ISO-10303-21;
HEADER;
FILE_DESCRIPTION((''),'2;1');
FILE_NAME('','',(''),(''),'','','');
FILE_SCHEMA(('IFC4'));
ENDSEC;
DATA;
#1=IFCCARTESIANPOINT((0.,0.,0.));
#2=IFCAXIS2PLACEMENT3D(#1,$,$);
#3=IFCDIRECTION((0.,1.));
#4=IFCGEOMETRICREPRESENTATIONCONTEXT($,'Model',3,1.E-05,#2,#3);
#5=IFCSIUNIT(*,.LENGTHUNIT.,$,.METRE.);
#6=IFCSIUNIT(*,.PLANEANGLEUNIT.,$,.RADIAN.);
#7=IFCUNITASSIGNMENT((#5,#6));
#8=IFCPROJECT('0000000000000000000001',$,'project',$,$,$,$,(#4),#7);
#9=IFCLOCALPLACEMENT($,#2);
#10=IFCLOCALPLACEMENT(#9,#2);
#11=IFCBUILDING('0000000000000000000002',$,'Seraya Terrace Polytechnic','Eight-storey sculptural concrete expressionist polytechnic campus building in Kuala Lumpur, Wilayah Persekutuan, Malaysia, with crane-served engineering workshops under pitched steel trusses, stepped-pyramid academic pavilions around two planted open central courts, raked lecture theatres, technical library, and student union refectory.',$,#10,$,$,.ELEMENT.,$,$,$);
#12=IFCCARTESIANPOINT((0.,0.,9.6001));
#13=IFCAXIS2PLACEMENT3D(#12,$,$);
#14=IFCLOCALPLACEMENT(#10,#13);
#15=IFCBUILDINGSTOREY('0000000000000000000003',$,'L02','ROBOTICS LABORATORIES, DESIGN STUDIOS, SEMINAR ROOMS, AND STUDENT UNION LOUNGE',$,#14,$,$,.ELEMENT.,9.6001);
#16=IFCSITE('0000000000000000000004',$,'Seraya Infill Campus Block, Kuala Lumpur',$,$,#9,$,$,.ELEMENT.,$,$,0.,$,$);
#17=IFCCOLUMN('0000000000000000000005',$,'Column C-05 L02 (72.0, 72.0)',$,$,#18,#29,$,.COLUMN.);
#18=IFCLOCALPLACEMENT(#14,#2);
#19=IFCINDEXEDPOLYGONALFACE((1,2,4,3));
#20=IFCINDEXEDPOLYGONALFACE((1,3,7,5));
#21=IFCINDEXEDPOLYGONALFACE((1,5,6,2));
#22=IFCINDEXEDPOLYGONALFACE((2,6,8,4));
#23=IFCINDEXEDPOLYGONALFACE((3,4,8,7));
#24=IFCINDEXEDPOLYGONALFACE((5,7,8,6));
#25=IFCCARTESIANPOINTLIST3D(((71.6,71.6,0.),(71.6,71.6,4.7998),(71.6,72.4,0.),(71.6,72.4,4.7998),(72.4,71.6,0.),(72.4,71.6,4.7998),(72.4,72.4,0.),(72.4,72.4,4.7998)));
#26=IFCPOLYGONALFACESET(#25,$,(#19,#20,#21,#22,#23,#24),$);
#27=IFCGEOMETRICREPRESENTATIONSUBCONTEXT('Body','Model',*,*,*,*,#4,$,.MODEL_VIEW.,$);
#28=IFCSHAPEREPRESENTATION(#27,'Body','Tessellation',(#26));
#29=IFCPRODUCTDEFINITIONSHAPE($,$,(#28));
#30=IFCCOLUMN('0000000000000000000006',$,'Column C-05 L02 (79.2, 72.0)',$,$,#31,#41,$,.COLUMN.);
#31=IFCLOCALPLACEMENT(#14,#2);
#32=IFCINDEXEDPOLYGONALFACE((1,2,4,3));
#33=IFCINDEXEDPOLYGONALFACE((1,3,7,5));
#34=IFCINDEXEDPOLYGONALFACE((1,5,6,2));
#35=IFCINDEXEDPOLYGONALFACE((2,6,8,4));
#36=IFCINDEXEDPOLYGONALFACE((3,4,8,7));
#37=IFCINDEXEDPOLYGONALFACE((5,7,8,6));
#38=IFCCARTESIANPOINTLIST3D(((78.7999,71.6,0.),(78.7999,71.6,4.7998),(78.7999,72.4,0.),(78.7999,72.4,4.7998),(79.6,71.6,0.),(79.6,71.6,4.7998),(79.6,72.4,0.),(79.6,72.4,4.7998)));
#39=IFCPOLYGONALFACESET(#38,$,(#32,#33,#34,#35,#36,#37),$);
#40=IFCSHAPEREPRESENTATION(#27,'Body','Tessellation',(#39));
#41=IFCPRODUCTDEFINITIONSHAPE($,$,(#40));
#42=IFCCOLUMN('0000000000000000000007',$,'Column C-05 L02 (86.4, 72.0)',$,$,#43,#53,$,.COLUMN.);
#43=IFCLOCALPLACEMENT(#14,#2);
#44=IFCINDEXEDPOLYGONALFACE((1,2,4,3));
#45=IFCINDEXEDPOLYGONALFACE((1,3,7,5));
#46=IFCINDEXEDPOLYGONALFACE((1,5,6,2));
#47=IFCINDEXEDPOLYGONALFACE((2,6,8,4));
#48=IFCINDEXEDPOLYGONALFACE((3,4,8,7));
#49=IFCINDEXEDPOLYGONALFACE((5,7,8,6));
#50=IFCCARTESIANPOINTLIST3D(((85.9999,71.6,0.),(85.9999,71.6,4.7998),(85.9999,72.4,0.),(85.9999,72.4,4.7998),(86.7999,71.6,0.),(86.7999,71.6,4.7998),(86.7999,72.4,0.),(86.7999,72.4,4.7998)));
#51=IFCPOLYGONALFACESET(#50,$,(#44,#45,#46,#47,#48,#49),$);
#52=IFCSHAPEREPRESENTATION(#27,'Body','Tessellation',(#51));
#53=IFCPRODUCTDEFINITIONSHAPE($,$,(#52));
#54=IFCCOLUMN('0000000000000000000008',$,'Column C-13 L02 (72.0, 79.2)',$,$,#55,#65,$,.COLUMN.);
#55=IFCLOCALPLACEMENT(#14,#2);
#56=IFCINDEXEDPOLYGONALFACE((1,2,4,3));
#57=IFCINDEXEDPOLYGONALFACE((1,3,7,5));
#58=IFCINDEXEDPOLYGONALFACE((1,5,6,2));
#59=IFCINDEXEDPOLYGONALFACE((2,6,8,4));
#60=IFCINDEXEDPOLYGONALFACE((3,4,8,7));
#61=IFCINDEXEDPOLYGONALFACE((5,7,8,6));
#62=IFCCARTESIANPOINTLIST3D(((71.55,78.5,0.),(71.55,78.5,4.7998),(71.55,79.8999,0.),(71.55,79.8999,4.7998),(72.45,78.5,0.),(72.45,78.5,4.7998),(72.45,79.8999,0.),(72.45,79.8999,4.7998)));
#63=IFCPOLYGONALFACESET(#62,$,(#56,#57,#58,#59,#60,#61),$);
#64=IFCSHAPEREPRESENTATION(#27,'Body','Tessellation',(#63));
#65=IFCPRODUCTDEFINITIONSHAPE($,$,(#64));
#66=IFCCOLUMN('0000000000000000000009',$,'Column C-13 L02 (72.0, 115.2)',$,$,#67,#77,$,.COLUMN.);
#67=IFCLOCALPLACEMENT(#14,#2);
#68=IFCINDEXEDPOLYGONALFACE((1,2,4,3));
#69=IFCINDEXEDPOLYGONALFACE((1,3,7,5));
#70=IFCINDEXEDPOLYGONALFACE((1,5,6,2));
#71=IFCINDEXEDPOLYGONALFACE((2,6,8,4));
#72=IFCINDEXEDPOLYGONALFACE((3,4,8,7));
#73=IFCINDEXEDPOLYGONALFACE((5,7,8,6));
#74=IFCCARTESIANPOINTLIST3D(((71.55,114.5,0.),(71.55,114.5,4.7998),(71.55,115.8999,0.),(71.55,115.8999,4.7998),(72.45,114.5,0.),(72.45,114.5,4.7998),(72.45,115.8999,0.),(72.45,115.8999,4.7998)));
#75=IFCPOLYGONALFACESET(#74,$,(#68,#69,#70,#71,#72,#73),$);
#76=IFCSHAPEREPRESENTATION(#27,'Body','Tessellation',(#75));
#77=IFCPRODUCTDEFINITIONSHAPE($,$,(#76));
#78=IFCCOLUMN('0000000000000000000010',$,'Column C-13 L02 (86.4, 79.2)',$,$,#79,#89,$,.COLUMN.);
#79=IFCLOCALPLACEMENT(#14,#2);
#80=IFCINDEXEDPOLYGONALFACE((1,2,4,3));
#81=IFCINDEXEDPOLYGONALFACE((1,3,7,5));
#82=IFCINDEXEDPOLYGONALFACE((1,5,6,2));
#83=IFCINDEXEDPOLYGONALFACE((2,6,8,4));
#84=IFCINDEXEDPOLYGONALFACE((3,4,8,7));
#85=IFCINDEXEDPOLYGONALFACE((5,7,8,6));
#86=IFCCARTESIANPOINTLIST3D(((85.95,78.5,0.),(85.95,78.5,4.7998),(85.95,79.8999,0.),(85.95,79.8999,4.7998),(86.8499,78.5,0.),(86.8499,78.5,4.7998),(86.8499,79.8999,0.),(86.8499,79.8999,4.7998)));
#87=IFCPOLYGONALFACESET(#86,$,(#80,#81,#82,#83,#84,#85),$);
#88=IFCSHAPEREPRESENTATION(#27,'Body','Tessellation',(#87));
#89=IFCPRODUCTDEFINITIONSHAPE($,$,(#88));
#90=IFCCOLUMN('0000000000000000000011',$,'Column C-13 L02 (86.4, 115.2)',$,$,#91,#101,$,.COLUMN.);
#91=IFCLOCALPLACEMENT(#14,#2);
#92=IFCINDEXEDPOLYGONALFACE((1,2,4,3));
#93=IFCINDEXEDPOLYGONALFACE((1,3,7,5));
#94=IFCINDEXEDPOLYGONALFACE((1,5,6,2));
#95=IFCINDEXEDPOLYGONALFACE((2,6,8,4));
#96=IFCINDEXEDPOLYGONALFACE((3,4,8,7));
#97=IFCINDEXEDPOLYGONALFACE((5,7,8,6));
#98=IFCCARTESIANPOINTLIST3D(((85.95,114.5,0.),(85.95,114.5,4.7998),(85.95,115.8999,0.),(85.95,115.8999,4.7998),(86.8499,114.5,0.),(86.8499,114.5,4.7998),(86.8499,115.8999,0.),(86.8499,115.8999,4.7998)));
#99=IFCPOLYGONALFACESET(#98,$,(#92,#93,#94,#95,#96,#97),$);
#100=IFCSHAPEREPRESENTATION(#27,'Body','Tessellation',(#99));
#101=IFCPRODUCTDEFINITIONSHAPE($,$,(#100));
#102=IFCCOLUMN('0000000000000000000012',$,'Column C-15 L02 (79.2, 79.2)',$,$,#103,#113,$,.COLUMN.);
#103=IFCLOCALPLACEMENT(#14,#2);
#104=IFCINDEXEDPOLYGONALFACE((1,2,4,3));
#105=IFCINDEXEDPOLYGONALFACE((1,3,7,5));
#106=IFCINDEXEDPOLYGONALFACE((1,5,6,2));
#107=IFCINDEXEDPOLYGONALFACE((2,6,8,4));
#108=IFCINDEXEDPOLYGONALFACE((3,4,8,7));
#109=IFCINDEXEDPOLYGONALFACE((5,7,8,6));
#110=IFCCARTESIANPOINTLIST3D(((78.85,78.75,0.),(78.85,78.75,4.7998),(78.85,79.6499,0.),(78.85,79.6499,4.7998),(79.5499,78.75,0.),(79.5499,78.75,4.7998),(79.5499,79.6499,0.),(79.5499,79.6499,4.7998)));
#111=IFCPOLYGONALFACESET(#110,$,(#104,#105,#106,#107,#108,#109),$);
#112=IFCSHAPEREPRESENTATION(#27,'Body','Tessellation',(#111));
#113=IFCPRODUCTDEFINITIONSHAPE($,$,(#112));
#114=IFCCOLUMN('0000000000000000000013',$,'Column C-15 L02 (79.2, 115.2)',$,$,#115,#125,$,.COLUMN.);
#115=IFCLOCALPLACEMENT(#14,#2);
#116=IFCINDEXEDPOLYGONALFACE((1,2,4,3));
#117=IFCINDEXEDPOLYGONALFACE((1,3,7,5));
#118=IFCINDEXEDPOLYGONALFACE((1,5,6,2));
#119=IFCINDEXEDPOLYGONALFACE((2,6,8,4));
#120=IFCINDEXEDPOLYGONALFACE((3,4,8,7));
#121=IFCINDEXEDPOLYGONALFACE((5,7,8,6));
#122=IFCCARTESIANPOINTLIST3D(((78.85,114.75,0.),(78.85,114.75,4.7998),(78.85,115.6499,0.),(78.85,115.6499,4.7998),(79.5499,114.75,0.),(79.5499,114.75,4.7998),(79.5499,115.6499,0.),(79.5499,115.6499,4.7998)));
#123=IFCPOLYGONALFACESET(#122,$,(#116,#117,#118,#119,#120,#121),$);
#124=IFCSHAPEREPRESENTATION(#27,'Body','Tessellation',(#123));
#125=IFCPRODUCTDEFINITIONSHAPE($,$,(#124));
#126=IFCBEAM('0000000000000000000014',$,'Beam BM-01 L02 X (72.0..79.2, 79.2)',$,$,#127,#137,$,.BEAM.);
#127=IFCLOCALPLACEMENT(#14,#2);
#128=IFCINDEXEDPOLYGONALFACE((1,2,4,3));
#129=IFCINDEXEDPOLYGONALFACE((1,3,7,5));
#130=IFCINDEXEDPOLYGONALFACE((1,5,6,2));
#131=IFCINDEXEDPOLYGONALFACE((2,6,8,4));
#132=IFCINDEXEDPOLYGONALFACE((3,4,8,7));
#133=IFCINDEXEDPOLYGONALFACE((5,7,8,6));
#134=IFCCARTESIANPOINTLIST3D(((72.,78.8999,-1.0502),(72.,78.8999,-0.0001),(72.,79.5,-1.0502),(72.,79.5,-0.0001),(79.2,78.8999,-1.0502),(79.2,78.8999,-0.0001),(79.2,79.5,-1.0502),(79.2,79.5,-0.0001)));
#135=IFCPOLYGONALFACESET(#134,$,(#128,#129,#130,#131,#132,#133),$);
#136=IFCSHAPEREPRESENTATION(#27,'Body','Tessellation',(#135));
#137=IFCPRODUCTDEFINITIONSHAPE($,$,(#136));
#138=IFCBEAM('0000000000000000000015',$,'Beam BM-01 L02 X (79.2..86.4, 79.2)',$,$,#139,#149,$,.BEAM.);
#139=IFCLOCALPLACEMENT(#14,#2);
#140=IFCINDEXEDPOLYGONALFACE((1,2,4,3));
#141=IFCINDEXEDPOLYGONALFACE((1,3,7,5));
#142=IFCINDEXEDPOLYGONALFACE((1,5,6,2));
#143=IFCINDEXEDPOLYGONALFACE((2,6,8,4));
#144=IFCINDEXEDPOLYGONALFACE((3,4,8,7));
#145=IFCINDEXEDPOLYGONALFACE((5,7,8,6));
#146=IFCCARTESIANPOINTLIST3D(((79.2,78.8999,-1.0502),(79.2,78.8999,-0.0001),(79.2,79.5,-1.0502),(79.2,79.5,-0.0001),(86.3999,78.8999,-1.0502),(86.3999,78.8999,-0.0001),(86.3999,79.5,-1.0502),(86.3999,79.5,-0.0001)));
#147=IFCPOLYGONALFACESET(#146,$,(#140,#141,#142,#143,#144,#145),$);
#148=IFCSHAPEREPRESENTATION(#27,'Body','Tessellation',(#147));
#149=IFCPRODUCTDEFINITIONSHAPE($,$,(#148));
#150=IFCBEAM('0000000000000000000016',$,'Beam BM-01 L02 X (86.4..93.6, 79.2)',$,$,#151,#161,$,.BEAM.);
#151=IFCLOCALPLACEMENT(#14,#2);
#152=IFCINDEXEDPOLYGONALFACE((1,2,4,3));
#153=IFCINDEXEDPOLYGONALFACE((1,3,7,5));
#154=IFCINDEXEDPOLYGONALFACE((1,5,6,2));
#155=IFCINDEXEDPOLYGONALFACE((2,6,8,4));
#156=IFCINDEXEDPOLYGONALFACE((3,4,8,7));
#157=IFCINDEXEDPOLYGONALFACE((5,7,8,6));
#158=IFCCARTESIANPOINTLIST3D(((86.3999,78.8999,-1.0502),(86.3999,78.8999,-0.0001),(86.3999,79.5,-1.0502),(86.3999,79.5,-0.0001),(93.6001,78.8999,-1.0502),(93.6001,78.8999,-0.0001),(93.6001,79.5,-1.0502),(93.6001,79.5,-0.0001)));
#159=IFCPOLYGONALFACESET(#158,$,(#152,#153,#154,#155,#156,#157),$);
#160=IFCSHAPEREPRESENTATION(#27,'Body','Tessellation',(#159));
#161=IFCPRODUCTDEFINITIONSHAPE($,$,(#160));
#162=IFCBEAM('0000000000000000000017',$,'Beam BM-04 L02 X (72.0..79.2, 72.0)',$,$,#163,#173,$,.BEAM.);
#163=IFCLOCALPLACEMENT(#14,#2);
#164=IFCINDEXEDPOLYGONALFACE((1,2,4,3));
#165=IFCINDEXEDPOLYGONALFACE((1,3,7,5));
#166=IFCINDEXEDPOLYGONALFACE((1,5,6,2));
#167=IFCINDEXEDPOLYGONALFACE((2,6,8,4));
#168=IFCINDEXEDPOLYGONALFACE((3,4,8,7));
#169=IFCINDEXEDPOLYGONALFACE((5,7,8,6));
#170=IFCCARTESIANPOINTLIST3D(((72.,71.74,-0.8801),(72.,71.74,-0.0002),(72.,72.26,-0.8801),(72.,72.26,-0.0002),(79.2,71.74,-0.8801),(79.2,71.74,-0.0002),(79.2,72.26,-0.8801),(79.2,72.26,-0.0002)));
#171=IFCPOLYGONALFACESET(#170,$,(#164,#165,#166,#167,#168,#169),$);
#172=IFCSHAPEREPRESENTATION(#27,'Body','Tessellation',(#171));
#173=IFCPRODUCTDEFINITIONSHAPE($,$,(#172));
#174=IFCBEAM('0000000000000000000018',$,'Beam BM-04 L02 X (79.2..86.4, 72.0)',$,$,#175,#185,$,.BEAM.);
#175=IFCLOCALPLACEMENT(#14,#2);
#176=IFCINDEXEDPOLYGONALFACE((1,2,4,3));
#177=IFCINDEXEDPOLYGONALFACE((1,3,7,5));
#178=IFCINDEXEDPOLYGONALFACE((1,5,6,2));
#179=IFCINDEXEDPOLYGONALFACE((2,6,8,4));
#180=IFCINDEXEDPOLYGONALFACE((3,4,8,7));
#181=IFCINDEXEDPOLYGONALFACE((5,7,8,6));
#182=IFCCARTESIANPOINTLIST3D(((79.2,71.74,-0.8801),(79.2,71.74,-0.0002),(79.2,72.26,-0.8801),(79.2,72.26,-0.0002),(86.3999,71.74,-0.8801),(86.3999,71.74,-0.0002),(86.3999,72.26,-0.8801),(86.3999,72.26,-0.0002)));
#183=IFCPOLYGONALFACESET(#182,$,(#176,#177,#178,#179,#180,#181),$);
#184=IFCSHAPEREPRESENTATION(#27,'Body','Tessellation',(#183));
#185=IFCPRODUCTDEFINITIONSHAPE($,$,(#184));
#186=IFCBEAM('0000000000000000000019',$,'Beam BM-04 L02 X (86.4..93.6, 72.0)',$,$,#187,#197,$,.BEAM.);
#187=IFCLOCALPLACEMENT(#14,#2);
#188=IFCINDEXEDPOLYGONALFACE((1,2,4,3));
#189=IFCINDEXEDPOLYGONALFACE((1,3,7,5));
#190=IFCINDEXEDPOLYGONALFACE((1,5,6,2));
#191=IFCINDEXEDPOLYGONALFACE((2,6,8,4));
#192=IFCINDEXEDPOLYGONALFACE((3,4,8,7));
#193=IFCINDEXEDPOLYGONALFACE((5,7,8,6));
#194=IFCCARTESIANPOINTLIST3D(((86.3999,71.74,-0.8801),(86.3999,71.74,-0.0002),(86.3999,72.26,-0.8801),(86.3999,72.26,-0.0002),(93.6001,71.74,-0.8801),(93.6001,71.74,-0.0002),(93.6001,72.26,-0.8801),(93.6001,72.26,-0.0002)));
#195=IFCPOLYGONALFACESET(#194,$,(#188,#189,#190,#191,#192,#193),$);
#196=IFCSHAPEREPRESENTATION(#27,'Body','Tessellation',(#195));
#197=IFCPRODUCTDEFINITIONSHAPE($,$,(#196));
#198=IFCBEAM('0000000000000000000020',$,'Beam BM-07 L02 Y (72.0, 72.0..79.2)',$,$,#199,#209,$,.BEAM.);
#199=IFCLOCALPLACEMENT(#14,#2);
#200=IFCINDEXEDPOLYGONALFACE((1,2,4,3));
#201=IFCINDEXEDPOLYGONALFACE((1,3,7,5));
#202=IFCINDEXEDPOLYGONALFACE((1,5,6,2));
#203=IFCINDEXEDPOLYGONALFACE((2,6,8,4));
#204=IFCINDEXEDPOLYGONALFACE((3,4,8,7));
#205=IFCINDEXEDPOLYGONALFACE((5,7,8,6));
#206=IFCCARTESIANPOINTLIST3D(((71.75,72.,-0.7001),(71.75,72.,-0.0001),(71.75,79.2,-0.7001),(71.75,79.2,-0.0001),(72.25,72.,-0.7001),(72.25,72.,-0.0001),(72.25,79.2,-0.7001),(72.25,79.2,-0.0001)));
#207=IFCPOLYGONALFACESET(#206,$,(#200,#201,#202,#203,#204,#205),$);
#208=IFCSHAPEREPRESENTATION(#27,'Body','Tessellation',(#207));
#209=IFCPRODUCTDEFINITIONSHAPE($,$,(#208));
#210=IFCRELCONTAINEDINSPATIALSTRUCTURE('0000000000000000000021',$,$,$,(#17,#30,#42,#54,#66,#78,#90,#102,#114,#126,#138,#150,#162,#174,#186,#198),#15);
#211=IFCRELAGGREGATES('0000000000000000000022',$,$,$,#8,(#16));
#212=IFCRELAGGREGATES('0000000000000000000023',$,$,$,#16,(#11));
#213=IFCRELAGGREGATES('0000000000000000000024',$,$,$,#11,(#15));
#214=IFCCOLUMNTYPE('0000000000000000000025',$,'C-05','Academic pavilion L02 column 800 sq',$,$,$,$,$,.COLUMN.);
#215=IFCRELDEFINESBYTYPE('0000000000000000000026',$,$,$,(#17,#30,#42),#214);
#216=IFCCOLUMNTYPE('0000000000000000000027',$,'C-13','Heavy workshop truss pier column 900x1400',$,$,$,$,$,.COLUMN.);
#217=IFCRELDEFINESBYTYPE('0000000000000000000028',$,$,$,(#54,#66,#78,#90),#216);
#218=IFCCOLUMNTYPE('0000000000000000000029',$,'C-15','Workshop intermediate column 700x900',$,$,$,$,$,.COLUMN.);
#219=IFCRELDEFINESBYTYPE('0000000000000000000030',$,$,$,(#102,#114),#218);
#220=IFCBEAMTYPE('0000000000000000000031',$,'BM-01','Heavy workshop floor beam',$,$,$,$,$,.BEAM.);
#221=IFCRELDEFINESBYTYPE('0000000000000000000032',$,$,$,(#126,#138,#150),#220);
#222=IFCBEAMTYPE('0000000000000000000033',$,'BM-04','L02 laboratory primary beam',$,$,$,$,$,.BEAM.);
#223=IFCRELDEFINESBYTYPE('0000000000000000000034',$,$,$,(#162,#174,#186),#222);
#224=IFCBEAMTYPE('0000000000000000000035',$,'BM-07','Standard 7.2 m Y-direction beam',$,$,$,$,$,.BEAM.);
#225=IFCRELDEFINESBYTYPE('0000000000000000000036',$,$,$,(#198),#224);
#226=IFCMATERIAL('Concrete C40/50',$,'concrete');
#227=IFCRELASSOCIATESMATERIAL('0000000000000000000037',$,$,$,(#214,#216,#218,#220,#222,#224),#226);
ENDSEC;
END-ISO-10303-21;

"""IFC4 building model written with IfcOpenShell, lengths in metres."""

from ifc_helpers import new_model, si_unit, direction, frame, origin, origin_2d, place, context, subcontext, project, spatial, rectangle, extrude, material, material_profile, profile_set, type_object, element, save


model = new_model("IFC4")

# Units and contexts
model_context = context("Model", 3, precision=1e-05, world=origin(), true_north=direction((0.0, 1.0)))
body_context = subcontext(model_context, "Body", "Model", "MODEL_VIEW")
ifc_project = project(units=[si_unit("LENGTHUNIT", "METRE"), si_unit("PLANEANGLEUNIT", "RADIAN")], contexts=[model_context])

# Site, building, storey
site_placement = place(None, origin())
site = spatial("IfcSite", under=ifc_project, at=site_placement, Name="Seraya Infill Campus Block, Kuala Lumpur", CompositionType="ELEMENT", RefElevation=0.0)
building_placement = place(site_placement, origin())
building = spatial("IfcBuilding", under=site, at=building_placement, Name="Seraya Terrace Polytechnic", Description="Eight-storey sculptural concrete expressionist polytechnic campus building in Kuala Lumpur, Wilayah Persekutuan, Malaysia, with crane-served engineering workshops under pitched steel trusses, stepped-pyramid academic pavilions around two planted open central courts, raked lecture theatres, technical library, and student union refectory.", CompositionType="ELEMENT")
storey_placement = place(building_placement, frame((0.0, 0.0, 9.6001)))
storey = spatial("IfcBuildingStorey", under=building, at=storey_placement, Name="L02", Description="ROBOTICS LABORATORIES, DESIGN STUDIOS, SEMINAR ROOMS, AND STUDENT UNION LOUNGE", CompositionType="ELEMENT", Elevation=9.6001)

# Columns
ifc_material_1 = material(Name="Concrete C40/50", Category="concrete")
ifc_material_profile_1 = material_profile(ifc_material_1, rectangle(XDim=0.8, YDim=0.8, at=origin_2d()), Name="RC 800x800")
ifc_profile_set_1 = profile_set([ifc_material_profile_1], Name="Concrete C40/50")
column_type_1 = type_object("IfcColumnType", Name="C-05", Description="Academic pavilion L02 column 800 sq", PredefinedType="COLUMN", material=ifc_profile_set_1)
for number, where, z_axis, x_axis, name in (
    (1, (72.0, 72.0, 0.0), (0.0, 0.0, 1.0), (1.0, 0.0, 0.0), "Column C-05 L02 (72.0, 72.0)"),
    (2, (79.2, 72.0, 0.0), (0.0, 0.0, 1.0), (1.0, 0.0, 0.0), "Column C-05 L02 (79.2, 72.0)"),
    (3, (86.3999, 72.0, 0.0), (0.0, 0.0, 1.0), (1.0, 0.0, 0.0), "Column C-05 L02 (86.4, 72.0)"),
):
    element("IfcColumn", number, at=place(storey_placement, frame(where, z_axis=z_axis, x_axis=x_axis)), inside=storey, type_object=column_type_1, Name=name, PredefinedType="COLUMN", context=body_context, shape_type="SweptSolid", body=[
        extrude(rectangle(XDim=0.8, YDim=0.8, at=origin_2d()), origin(), (0.0, 0.0, 1.0), 4.7998),
    ])
ifc_material_profile_2 = material_profile(ifc_material_1, rectangle(XDim=0.8999, YDim=1.3999, at=origin_2d()), Name="RC 900x1400")
ifc_profile_set_2 = profile_set([ifc_material_profile_2], Name="Concrete C40/50")
column_type_2 = type_object("IfcColumnType", Name="C-13", Description="Heavy workshop truss pier column 900x1400", PredefinedType="COLUMN", material=ifc_profile_set_2)
for number, where, z_axis, x_axis, name in (
    (4, (72.0, 79.2, 0.0), (0.0, 0.0, 1.0), (1.0, 0.0, 0.0), "Column C-13 L02 (72.0, 79.2)"),
    (5, (72.0, 115.2, 0.0), (0.0, 0.0, 1.0), (1.0, 0.0, 0.0), "Column C-13 L02 (72.0, 115.2)"),
    (6, (86.3999, 79.2, 0.0), (0.0, 0.0, 1.0), (1.0, 0.0, 0.0), "Column C-13 L02 (86.4, 79.2)"),
    (7, (86.3999, 115.2, 0.0), (0.0, 0.0, 1.0), (1.0, 0.0, 0.0), "Column C-13 L02 (86.4, 115.2)"),
):
    element("IfcColumn", number, at=place(storey_placement, frame(where, z_axis=z_axis, x_axis=x_axis)), inside=storey, type_object=column_type_2, Name=name, PredefinedType="COLUMN", context=body_context, shape_type="SweptSolid", body=[
        extrude(rectangle(XDim=0.8999, YDim=1.3999, at=origin_2d()), origin(), (0.0, 0.0, 1.0), 4.7998),
    ])
ifc_material_profile_3 = material_profile(ifc_material_1, rectangle(XDim=0.7, YDim=0.8999, at=origin_2d()), Name="RC 700x900")
ifc_profile_set_3 = profile_set([ifc_material_profile_3], Name="Concrete C40/50")
column_type_3 = type_object("IfcColumnType", Name="C-15", Description="Workshop intermediate column 700x900", PredefinedType="COLUMN", material=ifc_profile_set_3)
for number, where, z_axis, x_axis, name in (
    (8, (79.2, 79.2, 0.0), (0.0, 0.0, 1.0), (1.0, 0.0, 0.0), "Column C-15 L02 (79.2, 79.2)"),
    (9, (79.2, 115.2, 0.0), (0.0, 0.0, 1.0), (1.0, 0.0, 0.0), "Column C-15 L02 (79.2, 115.2)"),
):
    element("IfcColumn", number, at=place(storey_placement, frame(where, z_axis=z_axis, x_axis=x_axis)), inside=storey, type_object=column_type_3, Name=name, PredefinedType="COLUMN", context=body_context, shape_type="SweptSolid", body=[
        extrude(rectangle(XDim=0.7, YDim=0.8999, at=origin_2d()), origin(), (0.0, 0.0, 1.0), 4.7998),
    ])

# Beams
ifc_material_profile_4 = material_profile(ifc_material_1, rectangle(XDim=0.6001, YDim=1.05, at=origin_2d()), Name="RC 600x1050")
ifc_profile_set_4 = profile_set([ifc_material_profile_4], Name="Concrete C40/50")
beam_type_1 = type_object("IfcBeamType", Name="BM-01", Description="Heavy workshop floor beam", PredefinedType="BEAM", material=ifc_profile_set_4)
for number, where, z_axis, x_axis, name in (
    (10, (72.0, 79.2, -0.5251), (1.0, 0.0, 0.0), (0.0, 1.0, 0.0), "Beam BM-01 L02 X (72.0..79.2, 79.2)"),
    (11, (79.2, 79.2, -0.5251), (1.0, 0.0, 0.0), (0.0, 1.0, 0.0), "Beam BM-01 L02 X (79.2..86.4, 79.2)"),
):
    element("IfcBeam", number, at=place(storey_placement, frame(where, z_axis=z_axis, x_axis=x_axis)), inside=storey, type_object=beam_type_1, Name=name, PredefinedType="BEAM", context=body_context, shape_type="SweptSolid", body=[
        extrude(rectangle(XDim=0.6001, YDim=1.05, at=origin_2d()), origin(), (0.0, 0.0, 1.0), 7.2),
    ])
beam_1_placement = place(storey_placement, frame((86.3999, 79.2, -0.5251), z_axis=(1.0, 0.0, 0.0), x_axis=(0.0, 1.0, 0.0)))
element("IfcBeam", 12, at=beam_1_placement, inside=storey, type_object=beam_type_1, Name="Beam BM-01 L02 X (86.4..93.6, 79.2)", PredefinedType="BEAM", context=body_context, shape_type="SweptSolid", body=[
    extrude(rectangle(XDim=0.6001, YDim=1.05, at=origin_2d()), origin(), (0.0, 0.0, 1.0), 7.2002),
])
ifc_material_profile_5 = material_profile(ifc_material_1, rectangle(XDim=0.52, YDim=0.8799, at=origin_2d()), Name="RC 520x880")
ifc_profile_set_5 = profile_set([ifc_material_profile_5], Name="Concrete C40/50")
beam_type_2 = type_object("IfcBeamType", Name="BM-04", Description="L02 laboratory primary beam", PredefinedType="BEAM", material=ifc_profile_set_5)
for number, where, z_axis, x_axis, name in (
    (13, (72.0, 72.0, -0.4402), (1.0, 0.0, 0.0), (0.0, 1.0, 0.0), "Beam BM-04 L02 X (72.0..79.2, 72.0)"),
    (14, (79.2, 72.0, -0.4402), (1.0, 0.0, 0.0), (0.0, 1.0, 0.0), "Beam BM-04 L02 X (79.2..86.4, 72.0)"),
):
    element("IfcBeam", number, at=place(storey_placement, frame(where, z_axis=z_axis, x_axis=x_axis)), inside=storey, type_object=beam_type_2, Name=name, PredefinedType="BEAM", context=body_context, shape_type="SweptSolid", body=[
        extrude(rectangle(XDim=0.52, YDim=0.8799, at=origin_2d()), origin(), (0.0, 0.0, 1.0), 7.2),
    ])
beam_2_placement = place(storey_placement, frame((86.3999, 72.0, -0.4402), z_axis=(1.0, 0.0, 0.0), x_axis=(0.0, 1.0, 0.0)))
element("IfcBeam", 15, at=beam_2_placement, inside=storey, type_object=beam_type_2, Name="Beam BM-04 L02 X (86.4..93.6, 72.0)", PredefinedType="BEAM", context=body_context, shape_type="SweptSolid", body=[
    extrude(rectangle(XDim=0.52, YDim=0.8799, at=origin_2d()), origin(), (0.0, 0.0, 1.0), 7.2002),
])
ifc_material_profile_6 = material_profile(ifc_material_1, rectangle(XDim=0.5, YDim=0.7, at=origin_2d()), Name="RC 500x700")
ifc_profile_set_6 = profile_set([ifc_material_profile_6], Name="Concrete C40/50")
beam_type_3 = type_object("IfcBeamType", Name="BM-07", Description="Standard 7.2 m Y-direction beam", PredefinedType="BEAM", material=ifc_profile_set_6)
for number, where, z_axis, x_axis, name in (
    (16, (72.0, 72.0, -0.3501), (0.0, 1.0, 0.0), (-1.0, 0.0, 0.0), "Beam BM-07 L02 Y (72.0, 72.0..79.2)"),
):
    element("IfcBeam", number, at=place(storey_placement, frame(where, z_axis=z_axis, x_axis=x_axis)), inside=storey, type_object=beam_type_3, Name=name, PredefinedType="BEAM", context=body_context, shape_type="SweptSolid", body=[
        extrude(rectangle(XDim=0.5, YDim=0.7, at=origin_2d()), origin(), (0.0, 0.0, 1.0), 7.2),
    ])

save(model, "model.ifc")
